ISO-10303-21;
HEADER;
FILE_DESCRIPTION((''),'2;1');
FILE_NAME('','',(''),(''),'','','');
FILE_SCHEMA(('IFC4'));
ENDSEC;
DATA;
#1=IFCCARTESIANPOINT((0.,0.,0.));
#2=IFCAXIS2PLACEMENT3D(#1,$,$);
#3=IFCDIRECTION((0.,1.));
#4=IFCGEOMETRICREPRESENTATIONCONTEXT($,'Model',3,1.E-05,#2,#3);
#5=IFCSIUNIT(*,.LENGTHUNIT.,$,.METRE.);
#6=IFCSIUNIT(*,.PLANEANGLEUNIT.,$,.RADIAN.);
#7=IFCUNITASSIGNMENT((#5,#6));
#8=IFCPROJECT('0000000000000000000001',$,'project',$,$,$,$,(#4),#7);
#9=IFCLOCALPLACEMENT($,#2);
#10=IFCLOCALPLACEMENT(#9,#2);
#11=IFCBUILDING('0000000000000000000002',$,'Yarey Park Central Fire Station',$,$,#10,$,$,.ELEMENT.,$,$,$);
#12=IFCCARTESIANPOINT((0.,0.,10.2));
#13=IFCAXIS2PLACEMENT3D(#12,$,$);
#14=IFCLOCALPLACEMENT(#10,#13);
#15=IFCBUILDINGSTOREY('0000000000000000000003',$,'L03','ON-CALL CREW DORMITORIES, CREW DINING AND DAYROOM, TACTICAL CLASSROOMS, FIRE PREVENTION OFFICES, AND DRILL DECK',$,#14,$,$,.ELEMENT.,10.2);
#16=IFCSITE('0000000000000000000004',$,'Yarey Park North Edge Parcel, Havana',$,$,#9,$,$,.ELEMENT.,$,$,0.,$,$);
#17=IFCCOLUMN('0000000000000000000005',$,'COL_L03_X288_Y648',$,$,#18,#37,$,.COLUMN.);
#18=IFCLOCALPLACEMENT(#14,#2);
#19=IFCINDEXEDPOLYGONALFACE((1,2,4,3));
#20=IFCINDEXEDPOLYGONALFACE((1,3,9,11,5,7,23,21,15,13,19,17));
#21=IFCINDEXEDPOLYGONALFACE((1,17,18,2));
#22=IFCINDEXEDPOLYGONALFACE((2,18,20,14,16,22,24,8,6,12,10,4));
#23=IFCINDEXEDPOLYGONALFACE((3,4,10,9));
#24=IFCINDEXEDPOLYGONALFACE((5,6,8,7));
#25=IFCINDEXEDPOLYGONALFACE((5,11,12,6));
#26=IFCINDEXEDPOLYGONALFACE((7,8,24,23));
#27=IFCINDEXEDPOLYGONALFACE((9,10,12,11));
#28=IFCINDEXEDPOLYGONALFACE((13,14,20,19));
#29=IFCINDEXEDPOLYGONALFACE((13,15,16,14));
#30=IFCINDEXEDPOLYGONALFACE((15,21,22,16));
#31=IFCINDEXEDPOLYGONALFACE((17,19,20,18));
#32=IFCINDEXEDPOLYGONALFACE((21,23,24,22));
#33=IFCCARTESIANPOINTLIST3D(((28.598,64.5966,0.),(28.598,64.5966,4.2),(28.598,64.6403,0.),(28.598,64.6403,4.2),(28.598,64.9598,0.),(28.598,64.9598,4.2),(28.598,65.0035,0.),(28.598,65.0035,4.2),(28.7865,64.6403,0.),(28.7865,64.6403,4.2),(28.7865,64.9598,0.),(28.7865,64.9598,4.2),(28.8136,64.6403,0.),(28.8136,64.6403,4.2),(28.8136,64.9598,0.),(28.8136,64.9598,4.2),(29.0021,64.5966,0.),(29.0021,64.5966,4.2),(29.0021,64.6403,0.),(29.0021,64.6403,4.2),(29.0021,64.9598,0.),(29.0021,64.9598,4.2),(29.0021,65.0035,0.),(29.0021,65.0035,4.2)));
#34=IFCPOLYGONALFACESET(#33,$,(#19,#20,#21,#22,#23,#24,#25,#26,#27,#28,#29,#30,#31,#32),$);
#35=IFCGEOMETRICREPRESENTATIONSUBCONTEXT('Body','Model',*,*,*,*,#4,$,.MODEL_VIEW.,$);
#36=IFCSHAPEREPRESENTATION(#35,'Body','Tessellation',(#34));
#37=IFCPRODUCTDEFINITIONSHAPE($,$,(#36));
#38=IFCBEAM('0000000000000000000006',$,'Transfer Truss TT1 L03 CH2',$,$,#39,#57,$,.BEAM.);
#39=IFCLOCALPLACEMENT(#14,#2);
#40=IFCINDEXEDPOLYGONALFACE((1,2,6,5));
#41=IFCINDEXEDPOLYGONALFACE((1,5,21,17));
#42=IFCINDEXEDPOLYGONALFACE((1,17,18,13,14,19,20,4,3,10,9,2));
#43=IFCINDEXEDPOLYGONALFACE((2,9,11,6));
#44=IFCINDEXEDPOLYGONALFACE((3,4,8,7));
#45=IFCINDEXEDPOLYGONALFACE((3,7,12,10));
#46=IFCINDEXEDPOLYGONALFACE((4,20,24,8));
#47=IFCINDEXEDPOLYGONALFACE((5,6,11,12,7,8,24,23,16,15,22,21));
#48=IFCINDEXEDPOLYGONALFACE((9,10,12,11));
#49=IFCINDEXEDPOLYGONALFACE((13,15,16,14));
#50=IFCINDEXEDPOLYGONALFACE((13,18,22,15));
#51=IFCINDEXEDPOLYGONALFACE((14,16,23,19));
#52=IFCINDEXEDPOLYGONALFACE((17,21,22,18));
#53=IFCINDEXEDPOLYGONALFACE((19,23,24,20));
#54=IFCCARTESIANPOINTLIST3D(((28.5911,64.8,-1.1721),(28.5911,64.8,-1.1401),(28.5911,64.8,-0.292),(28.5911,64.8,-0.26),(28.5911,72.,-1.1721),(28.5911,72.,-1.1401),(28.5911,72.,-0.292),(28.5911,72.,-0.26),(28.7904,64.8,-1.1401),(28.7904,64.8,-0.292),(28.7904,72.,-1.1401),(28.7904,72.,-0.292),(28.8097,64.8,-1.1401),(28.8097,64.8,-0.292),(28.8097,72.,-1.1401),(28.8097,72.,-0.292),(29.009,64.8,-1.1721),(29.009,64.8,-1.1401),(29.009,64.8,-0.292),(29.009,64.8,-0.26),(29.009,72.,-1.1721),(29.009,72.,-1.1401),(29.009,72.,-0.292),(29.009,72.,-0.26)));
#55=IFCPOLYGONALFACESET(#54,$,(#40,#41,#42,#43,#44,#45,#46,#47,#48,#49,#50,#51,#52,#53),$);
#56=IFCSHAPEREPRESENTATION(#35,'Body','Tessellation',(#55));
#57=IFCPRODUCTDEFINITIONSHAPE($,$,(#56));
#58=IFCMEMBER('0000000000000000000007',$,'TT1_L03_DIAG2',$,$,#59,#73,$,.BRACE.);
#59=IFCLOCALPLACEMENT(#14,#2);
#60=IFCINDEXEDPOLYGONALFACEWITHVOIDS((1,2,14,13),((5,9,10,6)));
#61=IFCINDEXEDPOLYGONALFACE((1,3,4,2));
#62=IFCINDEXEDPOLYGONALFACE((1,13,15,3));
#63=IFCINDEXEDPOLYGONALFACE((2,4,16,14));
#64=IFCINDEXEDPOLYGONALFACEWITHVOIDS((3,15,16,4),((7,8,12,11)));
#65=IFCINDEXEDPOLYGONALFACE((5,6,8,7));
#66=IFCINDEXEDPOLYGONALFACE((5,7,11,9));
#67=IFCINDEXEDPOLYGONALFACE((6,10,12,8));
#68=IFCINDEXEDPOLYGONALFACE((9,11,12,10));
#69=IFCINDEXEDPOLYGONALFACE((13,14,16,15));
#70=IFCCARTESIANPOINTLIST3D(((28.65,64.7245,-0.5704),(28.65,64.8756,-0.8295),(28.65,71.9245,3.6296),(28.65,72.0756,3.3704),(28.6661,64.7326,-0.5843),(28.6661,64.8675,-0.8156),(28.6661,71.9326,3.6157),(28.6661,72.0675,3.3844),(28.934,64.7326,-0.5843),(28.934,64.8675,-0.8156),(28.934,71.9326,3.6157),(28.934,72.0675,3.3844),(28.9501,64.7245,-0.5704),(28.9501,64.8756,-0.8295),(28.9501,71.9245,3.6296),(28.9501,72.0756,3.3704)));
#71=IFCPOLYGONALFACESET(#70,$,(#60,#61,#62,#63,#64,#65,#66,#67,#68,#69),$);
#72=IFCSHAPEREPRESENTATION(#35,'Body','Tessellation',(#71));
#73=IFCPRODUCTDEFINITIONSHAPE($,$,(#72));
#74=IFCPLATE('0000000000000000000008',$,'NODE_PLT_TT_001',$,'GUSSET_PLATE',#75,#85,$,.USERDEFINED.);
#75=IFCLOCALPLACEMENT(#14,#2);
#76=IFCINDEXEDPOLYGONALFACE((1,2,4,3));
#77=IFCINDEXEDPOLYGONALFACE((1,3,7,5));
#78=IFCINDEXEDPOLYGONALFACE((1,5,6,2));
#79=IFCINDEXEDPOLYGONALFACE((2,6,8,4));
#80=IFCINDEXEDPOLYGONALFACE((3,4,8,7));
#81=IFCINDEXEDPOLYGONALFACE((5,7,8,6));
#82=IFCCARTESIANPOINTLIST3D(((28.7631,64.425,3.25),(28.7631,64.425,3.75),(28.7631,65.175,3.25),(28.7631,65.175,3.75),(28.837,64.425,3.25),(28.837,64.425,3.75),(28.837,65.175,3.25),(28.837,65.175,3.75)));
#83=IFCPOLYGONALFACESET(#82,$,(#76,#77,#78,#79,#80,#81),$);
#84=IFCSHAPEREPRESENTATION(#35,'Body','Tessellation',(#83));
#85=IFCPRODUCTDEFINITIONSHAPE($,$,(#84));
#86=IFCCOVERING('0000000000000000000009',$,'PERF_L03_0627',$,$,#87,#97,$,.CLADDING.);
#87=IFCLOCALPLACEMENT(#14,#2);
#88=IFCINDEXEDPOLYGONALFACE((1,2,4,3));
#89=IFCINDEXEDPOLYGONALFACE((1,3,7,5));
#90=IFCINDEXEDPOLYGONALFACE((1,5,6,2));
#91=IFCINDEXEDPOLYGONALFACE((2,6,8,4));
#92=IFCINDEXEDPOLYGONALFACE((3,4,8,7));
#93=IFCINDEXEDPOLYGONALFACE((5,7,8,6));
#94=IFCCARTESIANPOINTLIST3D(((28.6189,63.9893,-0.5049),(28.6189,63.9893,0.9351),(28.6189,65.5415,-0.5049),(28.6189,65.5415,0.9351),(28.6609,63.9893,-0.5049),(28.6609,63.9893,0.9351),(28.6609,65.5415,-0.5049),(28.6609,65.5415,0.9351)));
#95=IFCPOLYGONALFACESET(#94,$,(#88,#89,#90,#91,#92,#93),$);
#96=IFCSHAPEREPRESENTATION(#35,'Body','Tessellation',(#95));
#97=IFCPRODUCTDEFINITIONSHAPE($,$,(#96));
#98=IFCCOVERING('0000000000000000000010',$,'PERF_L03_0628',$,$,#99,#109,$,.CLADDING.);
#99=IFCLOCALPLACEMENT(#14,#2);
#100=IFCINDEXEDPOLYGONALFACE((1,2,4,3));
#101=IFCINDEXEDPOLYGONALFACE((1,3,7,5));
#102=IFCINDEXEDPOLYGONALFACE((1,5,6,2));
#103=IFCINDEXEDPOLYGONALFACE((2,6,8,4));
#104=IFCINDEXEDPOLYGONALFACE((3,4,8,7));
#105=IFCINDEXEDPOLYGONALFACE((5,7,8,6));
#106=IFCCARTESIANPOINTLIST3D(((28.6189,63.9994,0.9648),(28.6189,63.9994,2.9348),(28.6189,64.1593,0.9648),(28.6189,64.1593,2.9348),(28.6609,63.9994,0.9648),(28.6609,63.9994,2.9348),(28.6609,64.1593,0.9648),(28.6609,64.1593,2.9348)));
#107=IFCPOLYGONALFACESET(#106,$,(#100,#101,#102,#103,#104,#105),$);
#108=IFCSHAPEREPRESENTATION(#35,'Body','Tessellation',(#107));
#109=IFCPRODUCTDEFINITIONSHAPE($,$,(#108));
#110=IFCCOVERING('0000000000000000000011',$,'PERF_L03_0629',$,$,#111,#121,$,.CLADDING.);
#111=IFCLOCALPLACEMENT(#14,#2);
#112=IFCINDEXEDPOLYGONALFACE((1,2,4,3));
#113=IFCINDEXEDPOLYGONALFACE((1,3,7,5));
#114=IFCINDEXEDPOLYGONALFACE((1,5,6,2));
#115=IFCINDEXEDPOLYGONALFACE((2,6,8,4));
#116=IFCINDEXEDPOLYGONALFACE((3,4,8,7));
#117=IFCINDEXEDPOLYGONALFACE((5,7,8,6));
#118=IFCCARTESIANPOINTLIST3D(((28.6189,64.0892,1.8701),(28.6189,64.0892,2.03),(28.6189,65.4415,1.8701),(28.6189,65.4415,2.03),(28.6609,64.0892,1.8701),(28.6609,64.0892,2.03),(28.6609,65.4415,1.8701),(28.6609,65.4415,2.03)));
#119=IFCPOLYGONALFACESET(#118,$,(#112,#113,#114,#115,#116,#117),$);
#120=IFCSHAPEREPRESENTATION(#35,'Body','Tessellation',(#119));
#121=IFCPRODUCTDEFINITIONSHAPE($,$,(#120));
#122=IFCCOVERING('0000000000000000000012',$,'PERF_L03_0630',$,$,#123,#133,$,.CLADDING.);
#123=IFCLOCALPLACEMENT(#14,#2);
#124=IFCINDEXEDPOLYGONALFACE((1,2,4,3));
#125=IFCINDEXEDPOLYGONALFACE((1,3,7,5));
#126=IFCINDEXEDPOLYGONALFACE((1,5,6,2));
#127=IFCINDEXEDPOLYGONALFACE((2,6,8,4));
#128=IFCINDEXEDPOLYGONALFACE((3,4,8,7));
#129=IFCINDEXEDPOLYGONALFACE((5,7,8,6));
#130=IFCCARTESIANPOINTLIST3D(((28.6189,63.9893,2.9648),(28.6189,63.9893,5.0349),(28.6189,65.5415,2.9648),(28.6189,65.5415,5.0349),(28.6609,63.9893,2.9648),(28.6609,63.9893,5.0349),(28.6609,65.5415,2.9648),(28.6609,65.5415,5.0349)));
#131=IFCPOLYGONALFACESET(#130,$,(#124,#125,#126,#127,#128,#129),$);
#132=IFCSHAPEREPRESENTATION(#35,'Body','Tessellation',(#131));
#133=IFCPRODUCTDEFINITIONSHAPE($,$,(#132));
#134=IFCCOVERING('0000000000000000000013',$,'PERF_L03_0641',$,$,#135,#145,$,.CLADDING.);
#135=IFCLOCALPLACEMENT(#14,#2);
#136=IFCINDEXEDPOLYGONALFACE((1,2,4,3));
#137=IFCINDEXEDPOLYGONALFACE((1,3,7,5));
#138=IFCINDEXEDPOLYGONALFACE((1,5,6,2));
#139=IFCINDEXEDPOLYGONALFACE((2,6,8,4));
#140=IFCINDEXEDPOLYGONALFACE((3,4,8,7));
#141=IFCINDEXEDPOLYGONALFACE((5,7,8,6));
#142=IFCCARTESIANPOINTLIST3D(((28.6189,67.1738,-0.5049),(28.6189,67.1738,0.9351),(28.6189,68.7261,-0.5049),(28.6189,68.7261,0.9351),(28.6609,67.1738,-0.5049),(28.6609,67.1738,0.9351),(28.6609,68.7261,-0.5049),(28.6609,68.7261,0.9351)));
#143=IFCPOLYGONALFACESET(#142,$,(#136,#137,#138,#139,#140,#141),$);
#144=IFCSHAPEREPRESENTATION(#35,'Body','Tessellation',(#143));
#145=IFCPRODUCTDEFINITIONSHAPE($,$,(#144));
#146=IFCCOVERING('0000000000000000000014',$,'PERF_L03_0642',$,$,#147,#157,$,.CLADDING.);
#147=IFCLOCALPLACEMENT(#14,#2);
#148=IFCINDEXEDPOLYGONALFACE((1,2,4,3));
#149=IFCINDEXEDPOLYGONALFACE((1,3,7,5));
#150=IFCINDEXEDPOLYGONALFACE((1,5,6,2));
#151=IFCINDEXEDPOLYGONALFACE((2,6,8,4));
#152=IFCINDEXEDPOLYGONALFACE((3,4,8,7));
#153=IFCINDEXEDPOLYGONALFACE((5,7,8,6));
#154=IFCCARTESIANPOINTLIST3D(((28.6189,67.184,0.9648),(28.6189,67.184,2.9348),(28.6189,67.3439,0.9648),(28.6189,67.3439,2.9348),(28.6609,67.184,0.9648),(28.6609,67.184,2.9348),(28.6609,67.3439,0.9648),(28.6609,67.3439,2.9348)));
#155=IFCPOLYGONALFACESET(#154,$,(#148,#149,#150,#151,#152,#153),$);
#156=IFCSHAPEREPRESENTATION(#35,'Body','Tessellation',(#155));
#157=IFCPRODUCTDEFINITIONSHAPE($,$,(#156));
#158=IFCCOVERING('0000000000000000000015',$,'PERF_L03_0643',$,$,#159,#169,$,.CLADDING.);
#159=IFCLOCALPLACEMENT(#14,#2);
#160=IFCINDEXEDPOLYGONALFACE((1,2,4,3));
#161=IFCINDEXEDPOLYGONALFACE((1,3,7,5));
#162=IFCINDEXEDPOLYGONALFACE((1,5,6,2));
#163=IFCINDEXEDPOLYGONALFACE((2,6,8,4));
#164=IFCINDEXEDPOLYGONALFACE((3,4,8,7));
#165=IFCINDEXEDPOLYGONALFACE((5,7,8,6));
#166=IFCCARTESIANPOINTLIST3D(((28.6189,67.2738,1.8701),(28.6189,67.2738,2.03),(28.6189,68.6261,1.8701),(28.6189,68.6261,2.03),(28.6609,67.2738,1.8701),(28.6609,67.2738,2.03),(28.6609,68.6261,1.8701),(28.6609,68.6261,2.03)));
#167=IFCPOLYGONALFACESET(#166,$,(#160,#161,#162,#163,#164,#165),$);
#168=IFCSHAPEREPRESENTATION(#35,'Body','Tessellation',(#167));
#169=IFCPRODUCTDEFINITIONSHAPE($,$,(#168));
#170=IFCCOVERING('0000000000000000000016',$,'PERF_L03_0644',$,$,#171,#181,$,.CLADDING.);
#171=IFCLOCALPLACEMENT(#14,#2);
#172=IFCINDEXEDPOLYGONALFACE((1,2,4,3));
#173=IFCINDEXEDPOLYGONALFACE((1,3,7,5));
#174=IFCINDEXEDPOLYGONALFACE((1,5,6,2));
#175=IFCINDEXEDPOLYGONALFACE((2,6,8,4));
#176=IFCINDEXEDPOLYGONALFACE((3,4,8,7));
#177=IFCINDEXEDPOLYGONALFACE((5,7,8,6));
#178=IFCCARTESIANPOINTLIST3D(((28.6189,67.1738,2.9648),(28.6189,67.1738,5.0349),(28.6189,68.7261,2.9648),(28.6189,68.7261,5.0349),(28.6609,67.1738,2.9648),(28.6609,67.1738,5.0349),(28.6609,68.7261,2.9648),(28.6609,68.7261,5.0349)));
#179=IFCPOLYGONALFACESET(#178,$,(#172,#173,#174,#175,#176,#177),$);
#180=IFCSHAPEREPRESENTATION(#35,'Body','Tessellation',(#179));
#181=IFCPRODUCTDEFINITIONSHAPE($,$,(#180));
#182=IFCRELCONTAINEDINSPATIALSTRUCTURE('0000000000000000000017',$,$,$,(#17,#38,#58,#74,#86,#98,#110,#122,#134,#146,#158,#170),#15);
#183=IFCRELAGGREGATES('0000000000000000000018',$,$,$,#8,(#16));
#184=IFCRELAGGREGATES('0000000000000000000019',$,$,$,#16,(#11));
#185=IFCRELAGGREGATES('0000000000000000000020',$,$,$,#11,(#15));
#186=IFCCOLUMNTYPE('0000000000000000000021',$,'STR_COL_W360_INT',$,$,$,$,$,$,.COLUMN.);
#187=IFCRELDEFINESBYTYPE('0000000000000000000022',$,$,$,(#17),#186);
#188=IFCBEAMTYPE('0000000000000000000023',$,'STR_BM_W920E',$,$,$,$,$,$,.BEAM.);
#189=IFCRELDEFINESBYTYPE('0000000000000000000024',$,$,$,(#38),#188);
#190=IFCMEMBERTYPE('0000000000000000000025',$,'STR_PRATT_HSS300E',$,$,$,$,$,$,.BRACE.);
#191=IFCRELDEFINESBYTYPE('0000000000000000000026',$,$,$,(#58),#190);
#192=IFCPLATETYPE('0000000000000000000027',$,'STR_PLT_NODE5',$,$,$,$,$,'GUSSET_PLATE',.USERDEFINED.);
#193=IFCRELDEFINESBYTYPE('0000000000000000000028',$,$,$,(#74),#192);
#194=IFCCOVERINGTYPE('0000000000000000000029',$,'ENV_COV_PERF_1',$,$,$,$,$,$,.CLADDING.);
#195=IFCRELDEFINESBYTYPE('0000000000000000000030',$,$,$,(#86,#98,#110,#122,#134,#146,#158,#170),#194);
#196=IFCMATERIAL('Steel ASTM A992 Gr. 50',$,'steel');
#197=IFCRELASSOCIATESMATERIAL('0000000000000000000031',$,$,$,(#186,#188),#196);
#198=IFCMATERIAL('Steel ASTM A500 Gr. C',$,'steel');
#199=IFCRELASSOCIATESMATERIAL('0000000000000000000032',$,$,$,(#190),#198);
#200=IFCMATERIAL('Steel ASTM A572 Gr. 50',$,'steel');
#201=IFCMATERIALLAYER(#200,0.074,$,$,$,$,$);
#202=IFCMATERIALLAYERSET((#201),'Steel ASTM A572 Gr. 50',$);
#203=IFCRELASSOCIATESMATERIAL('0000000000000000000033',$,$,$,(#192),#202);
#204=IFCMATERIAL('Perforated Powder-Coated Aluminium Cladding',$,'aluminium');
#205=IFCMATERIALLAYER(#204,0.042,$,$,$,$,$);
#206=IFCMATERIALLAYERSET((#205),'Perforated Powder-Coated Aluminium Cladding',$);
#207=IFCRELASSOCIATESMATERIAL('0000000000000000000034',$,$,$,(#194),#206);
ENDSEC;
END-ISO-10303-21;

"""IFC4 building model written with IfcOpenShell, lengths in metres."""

from ifc_helpers import new_model, si_unit, direction, frame, origin, origin_2d, place, context, subcontext, project, spatial, rectangle, hollow_rectangle, i_section, extrude, material, layer, layer_set, material_profile, profile_set, type_object, element, save


model = new_model("IFC4")

# Units and contexts
model_context = context("Model", 3, precision=1e-05, world=origin(), true_north=direction((0.0, 1.0)))
body_context = subcontext(model_context, "Body", "Model", "MODEL_VIEW")
ifc_project = project(units=[si_unit("LENGTHUNIT", "METRE"), si_unit("PLANEANGLEUNIT", "RADIAN")], contexts=[model_context])

# Site, building, storey
site_placement = place(None, origin())
site = spatial("IfcSite", under=ifc_project, at=site_placement, Name="Yarey Park North Edge Parcel, Havana", CompositionType="ELEMENT", RefElevation=0.0)
building_placement = place(site_placement, origin())
building = spatial("IfcBuilding", under=site, at=building_placement, Name="Yarey Park Central Fire Station", CompositionType="ELEMENT")
storey_placement = place(building_placement, frame((0.0, 0.0, 10.2)))
storey = spatial("IfcBuildingStorey", under=building, at=storey_placement, Name="L03", Description="ON-CALL CREW DORMITORIES, CREW DINING AND DAYROOM, TACTICAL CLASSROOMS, FIRE PREVENTION OFFICES, AND DRILL DECK", CompositionType="ELEMENT", Elevation=10.2)

# Column
ifc_material_1 = material(Name="Steel ASTM A992 Gr. 50", Category="steel")
ifc_material_profile_1 = material_profile(ifc_material_1, i_section(OverallWidth=0.4041, OverallDepth=0.407, WebThickness=0.0271, FlangeThickness=0.0437, at=origin_2d()), Name="W360x347")
ifc_profile_set_1 = profile_set([ifc_material_profile_1], Name="Steel ASTM A992 Gr. 50")
column_type = type_object("IfcColumnType", Name="STR_COL_W360_INT", PredefinedType="COLUMN", material=ifc_profile_set_1)
column_placement = place(storey_placement, frame((28.8, 64.8, 0.0), z_axis=(0.0, 0.0, 1.0), x_axis=(1.0, 0.0, 0.0)))
element("IfcColumn", 1, at=column_placement, inside=storey, type_object=column_type, Name="COL_L03_X288_Y648", PredefinedType="COLUMN", context=body_context, shape_type="SweptSolid", body=[
    extrude(i_section(OverallWidth=0.4041, OverallDepth=0.407, WebThickness=0.0271, FlangeThickness=0.0437, at=origin_2d()), origin(), (0.0, 0.0, 1.0), 4.2),
])

# Beam
ifc_material_profile_2 = material_profile(ifc_material_1, i_section(OverallWidth=0.418, OverallDepth=0.9121, WebThickness=0.0193, FlangeThickness=0.032, at=origin_2d()), Name="W920x342")
ifc_profile_set_2 = profile_set([ifc_material_profile_2], Name="Steel ASTM A992 Gr. 50")
beam_type = type_object("IfcBeamType", Name="STR_BM_W920E", PredefinedType="BEAM", material=ifc_profile_set_2)
beam_placement = place(storey_placement, frame((28.8, 64.8, -0.7161), z_axis=(0.0, 1.0, 0.0), x_axis=(-1.0, 0.0, 0.0)))
element("IfcBeam", 2, at=beam_placement, inside=storey, type_object=beam_type, Name="Transfer Truss TT1 L03 CH2", PredefinedType="BEAM", context=body_context, shape_type="SweptSolid", body=[
    extrude(i_section(OverallWidth=0.418, OverallDepth=0.9121, WebThickness=0.0193, FlangeThickness=0.032, at=origin_2d()), origin(), (0.0, 0.0, 1.0), 7.2),
])

# Member
ifc_material_2 = material(Name="Steel ASTM A500 Gr. C", Category="steel")
ifc_material_profile_3 = material_profile(ifc_material_2, hollow_rectangle(XDim=0.3, YDim=0.3, WallThickness=0.0161, at=origin_2d()), Name="HSS 300x300x16")
ifc_profile_set_3 = profile_set([ifc_material_profile_3], Name="Steel ASTM A500 Gr. C")
member_type = type_object("IfcMemberType", Name="STR_PRATT_HSS300E", PredefinedType="BRACE", material=ifc_profile_set_3)
member_placement = place(storey_placement, frame((28.8, 64.8, -0.7), z_axis=(0.0, 0.86378, 0.503869), x_axis=(-1.0, 0.0, 0.0)))
element("IfcMember", 3, at=member_placement, inside=storey, type_object=member_type, Name="TT1_L03_DIAG2", PredefinedType="BRACE", context=body_context, shape_type="SweptSolid", body=[
    extrude(hollow_rectangle(XDim=0.3, YDim=0.3, WallThickness=0.0161, at=origin_2d()), origin(), (0.0, 0.0, 1.0), 8.3354),
])

# Plate
ifc_material_3 = material(Name="Steel ASTM A572 Gr. 50", Category="steel")
ifc_layer_1 = layer(ifc_material_3, 0.074)
ifc_layer_set_1 = layer_set([ifc_layer_1], Name="Steel ASTM A572 Gr. 50")
plate_type = type_object("IfcPlateType", Name="STR_PLT_NODE5", ElementType="GUSSET_PLATE", PredefinedType="USERDEFINED", material=ifc_layer_set_1)
plate_placement = place(storey_placement, frame((28.8, 64.8, 3.25), z_axis=(0.0, 0.0, 1.0), x_axis=(1.0, 0.0, 0.0)))
element("IfcPlate", 4, at=plate_placement, inside=storey, type_object=plate_type, Name="NODE_PLT_TT_001", ObjectType="GUSSET_PLATE", PredefinedType="USERDEFINED", context=body_context, shape_type="SweptSolid", body=[
    extrude(rectangle(XDim=0.074, YDim=0.75, at=origin_2d()), origin(), (0.0, 0.0, 1.0), 0.5),
])

# Coverings
ifc_material_4 = material(Name="Perforated Powder-Coated Aluminium Cladding", Category="aluminium")
ifc_layer_2 = layer(ifc_material_4, 0.042)
ifc_layer_set_2 = layer_set([ifc_layer_2], Name="Perforated Powder-Coated Aluminium Cladding")
covering_type_1 = type_object("IfcCoveringType", Name="ENV_COV_PERF_1", PredefinedType="CLADDING", material=ifc_layer_set_2)
covering_1_placement = place(storey_placement, frame((28.6399, 64.7654, -0.5049), z_axis=(0.0, 0.0, 1.0), x_axis=(0.0, 1.0, 0.0)))
element("IfcCovering", 5, at=covering_1_placement, inside=storey, type_object=covering_type_1, Name="PERF_L03_0627", PredefinedType="CLADDING", context=body_context, shape_type="SweptSolid", body=[
    extrude(rectangle(XDim=1.5522, YDim=0.042, at=origin_2d()), origin(), (0.0, 0.0, 1.0), 1.4399),
])
covering_2_placement = place(storey_placement, frame((28.6399, 64.0793, 0.9648), z_axis=(0.0, 0.0, 1.0), x_axis=(0.0, 1.0, 0.0)))
element("IfcCovering", 6, at=covering_2_placement, inside=storey, type_object=covering_type_1, Name="PERF_L03_0628", PredefinedType="CLADDING", context=body_context, shape_type="SweptSolid", body=[
    extrude(rectangle(XDim=0.1599, YDim=0.042, at=origin_2d()), origin(), (0.0, 0.0, 1.0), 1.97),
])
covering_3_placement = place(storey_placement, frame((28.6399, 64.7654, 1.8701), z_axis=(0.0, 0.0, 1.0), x_axis=(0.0, 1.0, 0.0)))
element("IfcCovering", 7, at=covering_3_placement, inside=storey, type_object=covering_type_1, Name="PERF_L03_0629", PredefinedType="CLADDING", context=body_context, shape_type="SweptSolid", body=[
    extrude(rectangle(XDim=1.3523, YDim=0.042, at=origin_2d()), origin(), (0.0, 0.0, 1.0), 0.1599),
])
covering_4_placement = place(storey_placement, frame((28.6399, 64.7654, 2.9648), z_axis=(0.0, 0.0, 1.0), x_axis=(0.0, 1.0, 0.0)))
element("IfcCovering", 8, at=covering_4_placement, inside=storey, type_object=covering_type_1, Name="PERF_L03_0630", PredefinedType="CLADDING", context=body_context, shape_type="SweptSolid", body=[
    extrude(rectangle(XDim=1.5522, YDim=0.042, at=origin_2d()), origin(), (0.0, 0.0, 1.0), 2.0701),
])
covering_5_placement = place(storey_placement, frame((28.6399, 67.95, -0.5049), z_axis=(0.0, 0.0, 1.0), x_axis=(0.0, 1.0, 0.0)))
element("IfcCovering", 9, at=covering_5_placement, inside=storey, type_object=covering_type_1, Name="PERF_L03_0641", PredefinedType="CLADDING", context=body_context, shape_type="SweptSolid", body=[
    extrude(rectangle(XDim=1.5522, YDim=0.042, at=origin_2d()), origin(), (0.0, 0.0, 1.0), 1.4399),
])
covering_6_placement = place(storey_placement, frame((28.6399, 67.2639, 0.9648), z_axis=(0.0, 0.0, 1.0), x_axis=(0.0, 1.0, 0.0)))
element("IfcCovering", 10, at=covering_6_placement, inside=storey, type_object=covering_type_1, Name="PERF_L03_0642", PredefinedType="CLADDING", context=body_context, shape_type="SweptSolid", body=[
    extrude(rectangle(XDim=0.1599, YDim=0.042, at=origin_2d()), origin(), (0.0, 0.0, 1.0), 1.97),
])
covering_7_placement = place(storey_placement, frame((28.6399, 67.95, 1.8701), z_axis=(0.0, 0.0, 1.0), x_axis=(0.0, 1.0, 0.0)))
element("IfcCovering", 11, at=covering_7_placement, inside=storey, type_object=covering_type_1, Name="PERF_L03_0643", PredefinedType="CLADDING", context=body_context, shape_type="SweptSolid", body=[
    extrude(rectangle(XDim=1.3523, YDim=0.042, at=origin_2d()), origin(), (0.0, 0.0, 1.0), 0.1599),
])
covering_8_placement = place(storey_placement, frame((28.6399, 67.95, 2.9648), z_axis=(0.0, 0.0, 1.0), x_axis=(0.0, 1.0, 0.0)))
element("IfcCovering", 12, at=covering_8_placement, inside=storey, type_object=covering_type_1, Name="PERF_L03_0644", PredefinedType="CLADDING", context=body_context, shape_type="SweptSolid", body=[
    extrude(rectangle(XDim=1.5522, YDim=0.042, at=origin_2d()), origin(), (0.0, 0.0, 1.0), 2.0701),
])

save(model, "model.ifc")
